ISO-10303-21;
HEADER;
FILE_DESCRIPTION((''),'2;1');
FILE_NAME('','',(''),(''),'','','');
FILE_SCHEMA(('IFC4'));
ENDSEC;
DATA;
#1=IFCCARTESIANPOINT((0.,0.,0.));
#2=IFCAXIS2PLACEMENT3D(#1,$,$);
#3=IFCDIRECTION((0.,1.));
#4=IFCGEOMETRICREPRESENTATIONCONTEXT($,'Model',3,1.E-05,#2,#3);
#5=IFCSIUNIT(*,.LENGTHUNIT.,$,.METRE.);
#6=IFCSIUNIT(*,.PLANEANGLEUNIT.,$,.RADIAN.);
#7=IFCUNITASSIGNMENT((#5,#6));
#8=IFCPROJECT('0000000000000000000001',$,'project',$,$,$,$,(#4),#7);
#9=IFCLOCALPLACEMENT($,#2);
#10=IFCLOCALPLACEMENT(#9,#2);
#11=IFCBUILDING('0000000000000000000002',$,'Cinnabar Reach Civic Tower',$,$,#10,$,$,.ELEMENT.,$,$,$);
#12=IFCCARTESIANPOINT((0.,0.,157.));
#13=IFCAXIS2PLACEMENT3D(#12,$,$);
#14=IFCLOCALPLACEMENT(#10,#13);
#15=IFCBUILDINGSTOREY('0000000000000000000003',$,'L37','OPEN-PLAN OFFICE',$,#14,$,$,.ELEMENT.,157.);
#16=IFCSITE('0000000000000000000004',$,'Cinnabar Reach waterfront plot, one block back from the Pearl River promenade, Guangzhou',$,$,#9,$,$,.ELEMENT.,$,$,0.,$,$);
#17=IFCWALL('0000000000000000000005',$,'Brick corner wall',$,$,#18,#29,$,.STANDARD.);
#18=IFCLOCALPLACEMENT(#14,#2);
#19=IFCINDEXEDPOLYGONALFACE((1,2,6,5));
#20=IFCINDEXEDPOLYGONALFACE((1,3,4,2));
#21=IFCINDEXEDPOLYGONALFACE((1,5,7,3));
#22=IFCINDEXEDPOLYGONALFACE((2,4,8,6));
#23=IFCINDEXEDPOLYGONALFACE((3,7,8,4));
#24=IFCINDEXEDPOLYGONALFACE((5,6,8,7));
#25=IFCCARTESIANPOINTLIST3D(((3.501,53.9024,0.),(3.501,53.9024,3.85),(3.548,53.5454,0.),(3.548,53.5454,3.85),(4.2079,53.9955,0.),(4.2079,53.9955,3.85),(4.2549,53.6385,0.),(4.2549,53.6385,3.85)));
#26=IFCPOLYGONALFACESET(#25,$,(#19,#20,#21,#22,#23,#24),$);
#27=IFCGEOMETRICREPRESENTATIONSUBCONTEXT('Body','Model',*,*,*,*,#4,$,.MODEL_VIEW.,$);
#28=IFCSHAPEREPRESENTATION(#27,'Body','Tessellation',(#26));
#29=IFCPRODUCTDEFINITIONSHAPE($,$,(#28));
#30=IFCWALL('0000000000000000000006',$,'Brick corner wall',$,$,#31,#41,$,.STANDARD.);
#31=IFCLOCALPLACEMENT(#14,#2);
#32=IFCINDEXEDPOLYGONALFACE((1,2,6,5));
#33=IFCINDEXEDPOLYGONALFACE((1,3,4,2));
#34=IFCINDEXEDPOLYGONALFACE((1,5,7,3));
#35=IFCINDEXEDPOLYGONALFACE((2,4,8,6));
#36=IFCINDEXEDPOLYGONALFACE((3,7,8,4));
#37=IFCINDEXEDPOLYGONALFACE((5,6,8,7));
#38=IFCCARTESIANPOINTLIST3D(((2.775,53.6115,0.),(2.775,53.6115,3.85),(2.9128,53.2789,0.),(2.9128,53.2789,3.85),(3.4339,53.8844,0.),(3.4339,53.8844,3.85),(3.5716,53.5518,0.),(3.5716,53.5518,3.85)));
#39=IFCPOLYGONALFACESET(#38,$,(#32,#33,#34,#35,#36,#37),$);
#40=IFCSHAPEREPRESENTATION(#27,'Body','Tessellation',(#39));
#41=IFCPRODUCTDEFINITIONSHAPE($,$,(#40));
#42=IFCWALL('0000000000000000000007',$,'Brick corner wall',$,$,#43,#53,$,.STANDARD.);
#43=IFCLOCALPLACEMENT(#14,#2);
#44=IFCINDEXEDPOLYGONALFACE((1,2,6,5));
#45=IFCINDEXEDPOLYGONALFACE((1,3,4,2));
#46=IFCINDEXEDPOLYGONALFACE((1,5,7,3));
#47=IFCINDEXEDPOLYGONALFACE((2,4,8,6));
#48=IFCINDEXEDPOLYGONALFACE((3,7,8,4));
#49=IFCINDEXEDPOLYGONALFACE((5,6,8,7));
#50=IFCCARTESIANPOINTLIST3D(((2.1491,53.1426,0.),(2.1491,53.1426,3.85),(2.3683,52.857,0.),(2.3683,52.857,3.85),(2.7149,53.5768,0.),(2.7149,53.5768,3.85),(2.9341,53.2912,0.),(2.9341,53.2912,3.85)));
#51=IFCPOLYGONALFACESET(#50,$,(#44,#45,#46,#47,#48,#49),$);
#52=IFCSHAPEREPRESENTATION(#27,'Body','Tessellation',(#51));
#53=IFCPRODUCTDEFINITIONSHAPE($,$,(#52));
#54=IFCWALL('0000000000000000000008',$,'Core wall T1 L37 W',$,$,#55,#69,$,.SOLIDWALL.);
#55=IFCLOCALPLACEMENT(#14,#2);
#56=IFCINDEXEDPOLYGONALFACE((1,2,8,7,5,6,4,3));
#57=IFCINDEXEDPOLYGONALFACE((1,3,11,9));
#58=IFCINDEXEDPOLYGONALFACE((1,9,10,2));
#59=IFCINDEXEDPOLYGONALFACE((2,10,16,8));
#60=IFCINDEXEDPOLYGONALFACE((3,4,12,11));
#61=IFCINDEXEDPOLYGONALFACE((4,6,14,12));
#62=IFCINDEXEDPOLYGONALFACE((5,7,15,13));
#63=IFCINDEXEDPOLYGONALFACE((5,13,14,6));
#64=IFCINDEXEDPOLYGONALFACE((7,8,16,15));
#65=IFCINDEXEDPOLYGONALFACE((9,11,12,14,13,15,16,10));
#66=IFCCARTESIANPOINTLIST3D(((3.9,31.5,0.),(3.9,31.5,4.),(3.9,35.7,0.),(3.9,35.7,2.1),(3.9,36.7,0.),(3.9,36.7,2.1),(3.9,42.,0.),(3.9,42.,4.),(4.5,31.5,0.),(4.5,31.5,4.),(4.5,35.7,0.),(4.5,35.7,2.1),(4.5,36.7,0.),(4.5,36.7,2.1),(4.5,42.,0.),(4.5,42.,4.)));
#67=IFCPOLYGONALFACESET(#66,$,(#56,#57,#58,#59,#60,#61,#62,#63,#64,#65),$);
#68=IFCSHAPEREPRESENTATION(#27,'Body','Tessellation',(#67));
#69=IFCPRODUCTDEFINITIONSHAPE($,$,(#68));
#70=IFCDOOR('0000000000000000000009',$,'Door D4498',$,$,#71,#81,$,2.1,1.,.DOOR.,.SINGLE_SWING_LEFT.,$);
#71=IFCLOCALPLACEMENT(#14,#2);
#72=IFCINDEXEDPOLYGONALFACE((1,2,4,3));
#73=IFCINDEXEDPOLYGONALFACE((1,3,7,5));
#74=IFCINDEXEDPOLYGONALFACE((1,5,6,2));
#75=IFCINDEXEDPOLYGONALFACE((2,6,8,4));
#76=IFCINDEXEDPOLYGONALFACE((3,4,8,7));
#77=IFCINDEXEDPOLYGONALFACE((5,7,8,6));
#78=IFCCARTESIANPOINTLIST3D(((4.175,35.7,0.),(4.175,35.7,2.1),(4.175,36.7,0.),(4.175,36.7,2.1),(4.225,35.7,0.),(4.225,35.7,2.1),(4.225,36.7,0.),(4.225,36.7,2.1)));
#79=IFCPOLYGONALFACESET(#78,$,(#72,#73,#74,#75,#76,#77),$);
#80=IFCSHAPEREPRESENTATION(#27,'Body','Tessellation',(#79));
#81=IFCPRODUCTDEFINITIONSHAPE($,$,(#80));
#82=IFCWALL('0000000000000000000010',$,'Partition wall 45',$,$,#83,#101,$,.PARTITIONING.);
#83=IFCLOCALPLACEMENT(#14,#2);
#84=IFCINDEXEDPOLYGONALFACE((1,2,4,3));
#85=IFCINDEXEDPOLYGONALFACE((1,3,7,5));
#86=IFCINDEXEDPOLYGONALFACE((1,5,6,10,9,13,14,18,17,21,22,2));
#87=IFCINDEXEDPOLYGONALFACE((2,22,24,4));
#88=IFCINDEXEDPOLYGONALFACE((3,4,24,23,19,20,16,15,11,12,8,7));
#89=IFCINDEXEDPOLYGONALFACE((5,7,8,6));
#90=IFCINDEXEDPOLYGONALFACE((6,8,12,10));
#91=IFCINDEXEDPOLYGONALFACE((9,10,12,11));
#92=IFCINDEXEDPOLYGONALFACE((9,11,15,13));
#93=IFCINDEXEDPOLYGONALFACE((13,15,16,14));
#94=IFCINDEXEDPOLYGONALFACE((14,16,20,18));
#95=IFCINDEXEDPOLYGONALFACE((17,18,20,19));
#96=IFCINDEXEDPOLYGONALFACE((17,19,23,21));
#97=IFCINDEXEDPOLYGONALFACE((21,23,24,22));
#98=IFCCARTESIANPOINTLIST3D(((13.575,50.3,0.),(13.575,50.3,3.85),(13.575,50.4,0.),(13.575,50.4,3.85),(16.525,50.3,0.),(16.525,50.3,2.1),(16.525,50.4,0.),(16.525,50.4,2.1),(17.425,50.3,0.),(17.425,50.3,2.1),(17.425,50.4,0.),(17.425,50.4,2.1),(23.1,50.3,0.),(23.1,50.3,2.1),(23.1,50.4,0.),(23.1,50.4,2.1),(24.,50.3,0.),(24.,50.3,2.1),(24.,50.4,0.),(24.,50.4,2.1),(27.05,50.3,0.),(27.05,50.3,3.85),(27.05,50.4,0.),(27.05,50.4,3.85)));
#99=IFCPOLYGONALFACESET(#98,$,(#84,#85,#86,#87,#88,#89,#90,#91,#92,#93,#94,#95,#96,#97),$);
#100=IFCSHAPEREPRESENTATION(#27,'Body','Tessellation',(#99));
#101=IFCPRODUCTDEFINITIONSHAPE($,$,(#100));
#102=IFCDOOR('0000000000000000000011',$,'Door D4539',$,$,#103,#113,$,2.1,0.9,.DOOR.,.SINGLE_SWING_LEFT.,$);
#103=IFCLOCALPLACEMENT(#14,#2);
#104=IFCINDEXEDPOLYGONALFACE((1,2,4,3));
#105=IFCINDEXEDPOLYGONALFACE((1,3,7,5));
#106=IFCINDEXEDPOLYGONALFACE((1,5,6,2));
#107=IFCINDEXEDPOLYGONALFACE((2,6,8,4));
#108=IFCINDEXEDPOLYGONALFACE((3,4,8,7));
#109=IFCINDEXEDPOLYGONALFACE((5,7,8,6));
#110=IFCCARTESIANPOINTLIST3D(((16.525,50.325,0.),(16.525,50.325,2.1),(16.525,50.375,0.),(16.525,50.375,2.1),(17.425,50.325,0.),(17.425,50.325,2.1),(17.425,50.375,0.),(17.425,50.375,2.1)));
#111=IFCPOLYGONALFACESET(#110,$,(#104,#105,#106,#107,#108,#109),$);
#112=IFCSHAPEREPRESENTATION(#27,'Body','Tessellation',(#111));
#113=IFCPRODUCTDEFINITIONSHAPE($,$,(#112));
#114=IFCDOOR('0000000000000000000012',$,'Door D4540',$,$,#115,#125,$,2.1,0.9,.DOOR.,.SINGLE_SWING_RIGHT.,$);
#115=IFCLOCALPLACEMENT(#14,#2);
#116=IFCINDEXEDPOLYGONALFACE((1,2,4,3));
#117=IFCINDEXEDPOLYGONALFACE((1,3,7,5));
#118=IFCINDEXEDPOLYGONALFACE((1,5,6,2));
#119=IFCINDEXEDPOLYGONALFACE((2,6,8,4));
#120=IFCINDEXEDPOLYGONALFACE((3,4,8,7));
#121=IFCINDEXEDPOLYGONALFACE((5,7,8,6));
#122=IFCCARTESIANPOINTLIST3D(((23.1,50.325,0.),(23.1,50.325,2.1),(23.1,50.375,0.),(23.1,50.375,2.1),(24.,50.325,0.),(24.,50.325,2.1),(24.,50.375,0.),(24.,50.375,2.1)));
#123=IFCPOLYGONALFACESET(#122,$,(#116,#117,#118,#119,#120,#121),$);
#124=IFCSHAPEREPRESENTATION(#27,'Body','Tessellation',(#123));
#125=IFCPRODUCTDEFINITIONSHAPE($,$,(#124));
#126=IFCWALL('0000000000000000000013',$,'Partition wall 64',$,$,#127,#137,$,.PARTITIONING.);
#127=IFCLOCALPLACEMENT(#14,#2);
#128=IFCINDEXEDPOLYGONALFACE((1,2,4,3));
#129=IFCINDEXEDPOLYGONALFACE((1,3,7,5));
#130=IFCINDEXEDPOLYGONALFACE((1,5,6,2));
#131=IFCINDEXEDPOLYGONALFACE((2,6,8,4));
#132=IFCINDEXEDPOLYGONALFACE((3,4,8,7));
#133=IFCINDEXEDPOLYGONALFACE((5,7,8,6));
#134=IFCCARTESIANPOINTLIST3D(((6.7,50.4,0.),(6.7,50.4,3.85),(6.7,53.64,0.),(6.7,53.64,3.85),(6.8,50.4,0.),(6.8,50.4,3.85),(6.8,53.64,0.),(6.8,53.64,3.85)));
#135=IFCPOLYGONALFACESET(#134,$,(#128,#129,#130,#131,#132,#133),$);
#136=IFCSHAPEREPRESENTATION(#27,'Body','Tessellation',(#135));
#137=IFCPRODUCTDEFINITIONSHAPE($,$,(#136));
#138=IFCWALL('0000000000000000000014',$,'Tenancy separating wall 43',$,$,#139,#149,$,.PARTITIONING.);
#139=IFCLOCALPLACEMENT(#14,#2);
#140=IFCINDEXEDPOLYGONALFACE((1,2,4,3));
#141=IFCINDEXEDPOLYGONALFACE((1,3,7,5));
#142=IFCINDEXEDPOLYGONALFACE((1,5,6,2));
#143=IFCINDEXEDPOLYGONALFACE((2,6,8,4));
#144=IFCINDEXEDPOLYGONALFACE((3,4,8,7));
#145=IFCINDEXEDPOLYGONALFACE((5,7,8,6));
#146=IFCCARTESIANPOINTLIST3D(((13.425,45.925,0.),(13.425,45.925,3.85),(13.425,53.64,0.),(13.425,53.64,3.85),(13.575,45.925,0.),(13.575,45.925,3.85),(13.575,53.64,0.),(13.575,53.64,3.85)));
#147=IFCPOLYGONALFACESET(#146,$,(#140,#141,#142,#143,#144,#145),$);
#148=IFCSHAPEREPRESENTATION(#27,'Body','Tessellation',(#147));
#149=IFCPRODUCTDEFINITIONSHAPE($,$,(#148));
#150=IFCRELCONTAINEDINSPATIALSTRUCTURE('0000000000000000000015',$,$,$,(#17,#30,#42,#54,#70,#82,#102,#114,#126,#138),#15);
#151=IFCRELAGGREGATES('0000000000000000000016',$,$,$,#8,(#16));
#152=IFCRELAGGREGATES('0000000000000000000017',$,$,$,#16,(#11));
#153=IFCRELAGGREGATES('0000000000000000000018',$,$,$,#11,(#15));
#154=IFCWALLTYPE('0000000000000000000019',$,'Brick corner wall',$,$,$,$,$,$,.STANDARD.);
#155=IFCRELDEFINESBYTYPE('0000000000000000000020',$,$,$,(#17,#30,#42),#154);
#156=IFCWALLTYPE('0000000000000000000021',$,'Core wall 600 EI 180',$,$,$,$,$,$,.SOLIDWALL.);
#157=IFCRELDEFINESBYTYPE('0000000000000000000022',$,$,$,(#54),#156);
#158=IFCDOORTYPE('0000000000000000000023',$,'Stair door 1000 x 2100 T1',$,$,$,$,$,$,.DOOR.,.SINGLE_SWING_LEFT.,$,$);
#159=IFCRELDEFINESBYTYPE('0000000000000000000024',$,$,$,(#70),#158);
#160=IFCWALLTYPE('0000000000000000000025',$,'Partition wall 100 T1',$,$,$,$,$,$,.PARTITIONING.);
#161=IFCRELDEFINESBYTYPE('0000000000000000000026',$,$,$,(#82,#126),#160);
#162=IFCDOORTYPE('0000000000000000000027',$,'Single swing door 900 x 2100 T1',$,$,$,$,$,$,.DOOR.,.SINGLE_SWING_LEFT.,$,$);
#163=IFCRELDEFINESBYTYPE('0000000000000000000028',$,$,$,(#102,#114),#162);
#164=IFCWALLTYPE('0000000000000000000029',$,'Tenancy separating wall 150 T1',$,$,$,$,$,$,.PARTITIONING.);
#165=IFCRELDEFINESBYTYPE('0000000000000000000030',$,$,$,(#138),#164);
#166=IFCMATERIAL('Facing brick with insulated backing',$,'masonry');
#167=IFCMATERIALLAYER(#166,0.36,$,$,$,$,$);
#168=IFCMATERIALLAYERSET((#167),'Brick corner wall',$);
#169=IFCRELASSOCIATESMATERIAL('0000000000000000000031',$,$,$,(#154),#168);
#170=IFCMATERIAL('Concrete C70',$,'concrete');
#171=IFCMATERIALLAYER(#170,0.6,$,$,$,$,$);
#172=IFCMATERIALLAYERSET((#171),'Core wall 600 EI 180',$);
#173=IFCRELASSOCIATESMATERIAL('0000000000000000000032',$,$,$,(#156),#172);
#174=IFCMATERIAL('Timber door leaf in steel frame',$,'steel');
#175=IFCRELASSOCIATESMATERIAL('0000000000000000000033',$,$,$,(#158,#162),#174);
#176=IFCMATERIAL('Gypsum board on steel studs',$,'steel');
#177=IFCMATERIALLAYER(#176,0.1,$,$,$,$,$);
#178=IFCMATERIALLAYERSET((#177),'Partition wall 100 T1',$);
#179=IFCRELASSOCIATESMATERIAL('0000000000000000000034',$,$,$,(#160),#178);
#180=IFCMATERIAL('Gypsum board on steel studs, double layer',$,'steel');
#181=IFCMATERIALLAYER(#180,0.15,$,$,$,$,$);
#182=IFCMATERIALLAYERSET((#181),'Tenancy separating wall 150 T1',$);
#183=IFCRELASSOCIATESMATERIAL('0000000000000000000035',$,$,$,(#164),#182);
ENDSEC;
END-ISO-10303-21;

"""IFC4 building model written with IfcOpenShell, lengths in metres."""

from ifc_helpers import new_model, si_unit, direction, frame, frame_2d, origin, place, context, subcontext, project, spatial, rectangle, extrude, material, layer, layer_set, type_object, element, fill, save


model = new_model("IFC4")

# Units and contexts
model_context = context("Model", 3, precision=1e-05, world=origin(), true_north=direction((0.0, 1.0)))
body_context = subcontext(model_context, "Body", "Model", "MODEL_VIEW")
ifc_project = project(units=[si_unit("LENGTHUNIT", "METRE"), si_unit("PLANEANGLEUNIT", "RADIAN")], contexts=[model_context])

# Site, building, storey
site_placement = place(None, origin())
site = spatial("IfcSite", under=ifc_project, at=site_placement, Name="Cinnabar Reach waterfront plot, one block back from the Pearl River promenade, Guangzhou", CompositionType="ELEMENT", RefElevation=0.0)
building_placement = place(site_placement, origin())
building = spatial("IfcBuilding", under=site, at=building_placement, Name="Cinnabar Reach Civic Tower", CompositionType="ELEMENT")
storey_placement = place(building_placement, frame((0.0, 0.0, 157.0)))
storey = spatial("IfcBuildingStorey", under=building, at=storey_placement, Name="L37", Description="OPEN-PLAN OFFICE", CompositionType="ELEMENT", Elevation=157.0)

# Shared definitions
ifc_material_1 = material(Name="Concrete C70", Category="concrete")

# Walls
ifc_material_2 = material(Name="Facing brick with insulated backing", Category="masonry")
ifc_layer_1 = layer(ifc_material_2, 0.36)
ifc_layer_set_1 = layer_set([ifc_layer_1], Name="Brick corner wall")
wall_type_1 = type_object("IfcWallType", Name="Brick corner wall", PredefinedType="STANDARD", material=ifc_layer_set_1)
for number, where, z_axis, x_axis, name in (
    (1, (4.2314, 53.817, 0.0), (0.0, 0.0, 1.0), (-0.991441, -0.130556, 0.0), "Brick corner wall"),
    (2, (3.5027, 53.7181, 0.0), (0.0, 0.0, 1.0), (-0.923872, -0.382703, 0.0), "Brick corner wall"),
):
    element("IfcWall", number, at=place(storey_placement, frame(where, z_axis=z_axis, x_axis=x_axis)), inside=storey, type_object=wall_type_1, Name=name, PredefinedType="STANDARD", context=body_context, shape_type="SweptSolid", body=[
        extrude(rectangle(XDim=0.7131, YDim=0.36, at=frame_2d((0.3565, 0.0))), origin(), (0.0, 0.0, 1.0), 3.85),
    ])
wall_1_placement = place(storey_placement, frame((2.8245, 53.434, 0.0), z_axis=(0.0, 0.0, 1.0), x_axis=(-0.793322, -0.608802, 0.0)))
element("IfcWall", 3, at=wall_1_placement, inside=storey, type_object=wall_type_1, Name="Brick corner wall", PredefinedType="STANDARD", context=body_context, shape_type="SweptSolid", body=[
    extrude(rectangle(XDim=0.7132, YDim=0.36, at=frame_2d((0.3566, 0.0))), origin(), (0.0, 0.0, 1.0), 3.85),
])

# Wall, opening, door
ifc_layer_2 = layer(ifc_material_1, 0.6)
ifc_layer_set_2 = layer_set([ifc_layer_2], Name="Core wall 600 EI 180")
wall_type_2 = type_object("IfcWallType", Name="Core wall 600 EI 180", PredefinedType="SOLIDWALL", material=ifc_layer_set_2)
wall_2_placement = place(storey_placement, frame((4.2, 42.0, 0.0), z_axis=(0.0, 0.0, 1.0), x_axis=(0.0, -1.0, 0.0)))
wall_2 = element("IfcWall", 4, at=wall_2_placement, inside=storey, type_object=wall_type_2, Name="Core wall T1 L37 W", PredefinedType="SOLIDWALL", context=body_context, shape_type="SweptSolid", body=[
    extrude(rectangle(XDim=10.5, YDim=0.6, at=frame_2d((5.25, 0.0))), origin(), (0.0, 0.0, 1.0), 4.0),
])
opening_1_placement = place(wall_2_placement, frame((5.3, 0.0, 0.0)))
opening_1 = element("IfcOpeningElement", 5, at=opening_1_placement, cuts=wall_2, PredefinedType="OPENING", context=body_context, shape_type="SweptSolid", body=[
    extrude(rectangle(XDim=1.0, YDim=2.1, at=frame_2d((0.5, 1.05))), frame((0.0, 0.31, 0.0), z_axis=(0.0, -1.0, 0.0), x_axis=(1.0, 0.0, 0.0)), (0.0, 0.0, 1.0), 0.62),
])
ifc_material_3 = material(Name="Timber door leaf in steel frame", Category="steel")
door_type_1 = type_object("IfcDoorType", Name="Stair door 1000 x 2100 T1", OperationType="SINGLE_SWING_LEFT", PredefinedType="DOOR", material=ifc_material_3)
door_1_placement = place(opening_1_placement, frame((1.0, 0.0, 0.0), z_axis=(0.0, 0.0, 1.0), x_axis=(-1.0, 0.0, 0.0)))
door_1 = element("IfcDoor", 6, at=door_1_placement, inside=storey, type_object=door_type_1, Name="Door D4498", OperationType="SINGLE_SWING_LEFT", OverallHeight=2.1, OverallWidth=1.0, PredefinedType="DOOR", context=body_context, shape_type="SweptSolid", body=[
    extrude(rectangle(XDim=1.0, YDim=2.1, at=frame_2d((0.5, 1.05))), frame((0.0, 0.025, 0.0), z_axis=(0.0, -1.0, 0.0), x_axis=(1.0, 0.0, 0.0)), (0.0, 0.0, 1.0), 0.05),
])
fill(opening_1, door_1)

# Wall, openings, doors
ifc_material_4 = material(Name="Gypsum board on steel studs", Category="steel")
ifc_layer_3 = layer(ifc_material_4, 0.1)
ifc_layer_set_3 = layer_set([ifc_layer_3], Name="Partition wall 100 T1")
wall_type_3 = type_object("IfcWallType", Name="Partition wall 100 T1", PredefinedType="PARTITIONING", material=ifc_layer_set_3)
wall_3_placement = place(storey_placement, frame((13.575, 50.35, 0.0), z_axis=(0.0, 0.0, 1.0), x_axis=(1.0, 0.0, 0.0)))
wall_3 = element("IfcWall", 7, at=wall_3_placement, inside=storey, type_object=wall_type_3, Name="Partition wall 45", PredefinedType="PARTITIONING", context=body_context, shape_type="SweptSolid", body=[
    extrude(rectangle(XDim=13.475, YDim=0.1, at=frame_2d((6.7375, 0.0))), origin(), (0.0, 0.0, 1.0), 3.85),
])
opening_2_placement = place(wall_3_placement, frame((2.95, 0.0, 0.0)))
opening_2 = element("IfcOpeningElement", 8, at=opening_2_placement, cuts=wall_3, PredefinedType="OPENING", context=body_context, shape_type="SweptSolid", body=[
    extrude(rectangle(XDim=0.9, YDim=2.1, at=frame_2d((0.45, 1.05))), frame((0.0, 0.06, 0.0), z_axis=(0.0, -1.0, 0.0), x_axis=(1.0, 0.0, 0.0)), (0.0, 0.0, 1.0), 0.12),
])
opening_3_placement = place(wall_3_placement, frame((9.525, 0.0, 0.0)))
opening_3 = element("IfcOpeningElement", 9, at=opening_3_placement, cuts=wall_3, PredefinedType="OPENING", context=body_context, shape_type="SweptSolid", body=[
    extrude(rectangle(XDim=0.9, YDim=2.1, at=frame_2d((0.45, 1.05))), frame((0.0, 0.06, 0.0), z_axis=(0.0, -1.0, 0.0), x_axis=(1.0, 0.0, 0.0)), (0.0, 0.0, 1.0), 0.12),
])
door_type_2 = type_object("IfcDoorType", Name="Single swing door 900 x 2100 T1", OperationType="SINGLE_SWING_LEFT", PredefinedType="DOOR", material=ifc_material_3)
door_2_placement = place(opening_2_placement, origin())
door_2 = element("IfcDoor", 10, at=door_2_placement, inside=storey, type_object=door_type_2, Name="Door D4539", OperationType="SINGLE_SWING_LEFT", OverallHeight=2.1, OverallWidth=0.9, PredefinedType="DOOR", context=body_context, shape_type="SweptSolid", body=[
    extrude(rectangle(XDim=0.9, YDim=2.1, at=frame_2d((0.45, 1.05))), frame((0.0, 0.025, 0.0), z_axis=(0.0, -1.0, 0.0), x_axis=(1.0, 0.0, 0.0)), (0.0, 0.0, 1.0), 0.05),
])
fill(opening_2, door_2)
door_3_placement = place(opening_3_placement, origin())
door_3 = element("IfcDoor", 11, at=door_3_placement, inside=storey, type_object=door_type_2, Name="Door D4540", OperationType="SINGLE_SWING_RIGHT", OverallHeight=2.1, OverallWidth=0.9, PredefinedType="DOOR", context=body_context, shape_type="SweptSolid", body=[
    extrude(rectangle(XDim=0.9, YDim=2.1, at=frame_2d((0.45, 1.05))), frame((0.0, 0.025, 0.0), z_axis=(0.0, -1.0, 0.0), x_axis=(1.0, 0.0, 0.0)), (0.0, 0.0, 1.0), 0.05),
])
fill(opening_3, door_3)

# Walls
wall_4_placement = place(storey_placement, frame((6.75, 50.4, 0.0), z_axis=(0.0, 0.0, 1.0), x_axis=(0.0, 1.0, 0.0)))
element("IfcWall", 12, at=wall_4_placement, inside=storey, type_object=wall_type_3, Name="Partition wall 64", PredefinedType="PARTITIONING", context=body_context, shape_type="SweptSolid", body=[
    extrude(rectangle(XDim=3.24, YDim=0.1, at=frame_2d((1.62, 0.0))), origin(), (0.0, 0.0, 1.0), 3.85),
])
ifc_material_5 = material(Name="Gypsum board on steel studs, double layer", Category="steel")
ifc_layer_4 = layer(ifc_material_5, 0.15)
ifc_layer_set_4 = layer_set([ifc_layer_4], Name="Tenancy separating wall 150 T1")
wall_type_4 = type_object("IfcWallType", Name="Tenancy separating wall 150 T1", PredefinedType="PARTITIONING", material=ifc_layer_set_4)
wall_5_placement = place(storey_placement, frame((13.5, 45.925, 0.0), z_axis=(0.0, 0.0, 1.0), x_axis=(0.0, 1.0, 0.0)))
element("IfcWall", 13, at=wall_5_placement, inside=storey, type_object=wall_type_4, Name="Tenancy separating wall 43", PredefinedType="PARTITIONING", context=body_context, shape_type="SweptSolid", body=[
    extrude(rectangle(XDim=7.715, YDim=0.15, at=frame_2d((3.8575, 0.0))), origin(), (0.0, 0.0, 1.0), 3.85),
])

save(model, "model.ifc")
